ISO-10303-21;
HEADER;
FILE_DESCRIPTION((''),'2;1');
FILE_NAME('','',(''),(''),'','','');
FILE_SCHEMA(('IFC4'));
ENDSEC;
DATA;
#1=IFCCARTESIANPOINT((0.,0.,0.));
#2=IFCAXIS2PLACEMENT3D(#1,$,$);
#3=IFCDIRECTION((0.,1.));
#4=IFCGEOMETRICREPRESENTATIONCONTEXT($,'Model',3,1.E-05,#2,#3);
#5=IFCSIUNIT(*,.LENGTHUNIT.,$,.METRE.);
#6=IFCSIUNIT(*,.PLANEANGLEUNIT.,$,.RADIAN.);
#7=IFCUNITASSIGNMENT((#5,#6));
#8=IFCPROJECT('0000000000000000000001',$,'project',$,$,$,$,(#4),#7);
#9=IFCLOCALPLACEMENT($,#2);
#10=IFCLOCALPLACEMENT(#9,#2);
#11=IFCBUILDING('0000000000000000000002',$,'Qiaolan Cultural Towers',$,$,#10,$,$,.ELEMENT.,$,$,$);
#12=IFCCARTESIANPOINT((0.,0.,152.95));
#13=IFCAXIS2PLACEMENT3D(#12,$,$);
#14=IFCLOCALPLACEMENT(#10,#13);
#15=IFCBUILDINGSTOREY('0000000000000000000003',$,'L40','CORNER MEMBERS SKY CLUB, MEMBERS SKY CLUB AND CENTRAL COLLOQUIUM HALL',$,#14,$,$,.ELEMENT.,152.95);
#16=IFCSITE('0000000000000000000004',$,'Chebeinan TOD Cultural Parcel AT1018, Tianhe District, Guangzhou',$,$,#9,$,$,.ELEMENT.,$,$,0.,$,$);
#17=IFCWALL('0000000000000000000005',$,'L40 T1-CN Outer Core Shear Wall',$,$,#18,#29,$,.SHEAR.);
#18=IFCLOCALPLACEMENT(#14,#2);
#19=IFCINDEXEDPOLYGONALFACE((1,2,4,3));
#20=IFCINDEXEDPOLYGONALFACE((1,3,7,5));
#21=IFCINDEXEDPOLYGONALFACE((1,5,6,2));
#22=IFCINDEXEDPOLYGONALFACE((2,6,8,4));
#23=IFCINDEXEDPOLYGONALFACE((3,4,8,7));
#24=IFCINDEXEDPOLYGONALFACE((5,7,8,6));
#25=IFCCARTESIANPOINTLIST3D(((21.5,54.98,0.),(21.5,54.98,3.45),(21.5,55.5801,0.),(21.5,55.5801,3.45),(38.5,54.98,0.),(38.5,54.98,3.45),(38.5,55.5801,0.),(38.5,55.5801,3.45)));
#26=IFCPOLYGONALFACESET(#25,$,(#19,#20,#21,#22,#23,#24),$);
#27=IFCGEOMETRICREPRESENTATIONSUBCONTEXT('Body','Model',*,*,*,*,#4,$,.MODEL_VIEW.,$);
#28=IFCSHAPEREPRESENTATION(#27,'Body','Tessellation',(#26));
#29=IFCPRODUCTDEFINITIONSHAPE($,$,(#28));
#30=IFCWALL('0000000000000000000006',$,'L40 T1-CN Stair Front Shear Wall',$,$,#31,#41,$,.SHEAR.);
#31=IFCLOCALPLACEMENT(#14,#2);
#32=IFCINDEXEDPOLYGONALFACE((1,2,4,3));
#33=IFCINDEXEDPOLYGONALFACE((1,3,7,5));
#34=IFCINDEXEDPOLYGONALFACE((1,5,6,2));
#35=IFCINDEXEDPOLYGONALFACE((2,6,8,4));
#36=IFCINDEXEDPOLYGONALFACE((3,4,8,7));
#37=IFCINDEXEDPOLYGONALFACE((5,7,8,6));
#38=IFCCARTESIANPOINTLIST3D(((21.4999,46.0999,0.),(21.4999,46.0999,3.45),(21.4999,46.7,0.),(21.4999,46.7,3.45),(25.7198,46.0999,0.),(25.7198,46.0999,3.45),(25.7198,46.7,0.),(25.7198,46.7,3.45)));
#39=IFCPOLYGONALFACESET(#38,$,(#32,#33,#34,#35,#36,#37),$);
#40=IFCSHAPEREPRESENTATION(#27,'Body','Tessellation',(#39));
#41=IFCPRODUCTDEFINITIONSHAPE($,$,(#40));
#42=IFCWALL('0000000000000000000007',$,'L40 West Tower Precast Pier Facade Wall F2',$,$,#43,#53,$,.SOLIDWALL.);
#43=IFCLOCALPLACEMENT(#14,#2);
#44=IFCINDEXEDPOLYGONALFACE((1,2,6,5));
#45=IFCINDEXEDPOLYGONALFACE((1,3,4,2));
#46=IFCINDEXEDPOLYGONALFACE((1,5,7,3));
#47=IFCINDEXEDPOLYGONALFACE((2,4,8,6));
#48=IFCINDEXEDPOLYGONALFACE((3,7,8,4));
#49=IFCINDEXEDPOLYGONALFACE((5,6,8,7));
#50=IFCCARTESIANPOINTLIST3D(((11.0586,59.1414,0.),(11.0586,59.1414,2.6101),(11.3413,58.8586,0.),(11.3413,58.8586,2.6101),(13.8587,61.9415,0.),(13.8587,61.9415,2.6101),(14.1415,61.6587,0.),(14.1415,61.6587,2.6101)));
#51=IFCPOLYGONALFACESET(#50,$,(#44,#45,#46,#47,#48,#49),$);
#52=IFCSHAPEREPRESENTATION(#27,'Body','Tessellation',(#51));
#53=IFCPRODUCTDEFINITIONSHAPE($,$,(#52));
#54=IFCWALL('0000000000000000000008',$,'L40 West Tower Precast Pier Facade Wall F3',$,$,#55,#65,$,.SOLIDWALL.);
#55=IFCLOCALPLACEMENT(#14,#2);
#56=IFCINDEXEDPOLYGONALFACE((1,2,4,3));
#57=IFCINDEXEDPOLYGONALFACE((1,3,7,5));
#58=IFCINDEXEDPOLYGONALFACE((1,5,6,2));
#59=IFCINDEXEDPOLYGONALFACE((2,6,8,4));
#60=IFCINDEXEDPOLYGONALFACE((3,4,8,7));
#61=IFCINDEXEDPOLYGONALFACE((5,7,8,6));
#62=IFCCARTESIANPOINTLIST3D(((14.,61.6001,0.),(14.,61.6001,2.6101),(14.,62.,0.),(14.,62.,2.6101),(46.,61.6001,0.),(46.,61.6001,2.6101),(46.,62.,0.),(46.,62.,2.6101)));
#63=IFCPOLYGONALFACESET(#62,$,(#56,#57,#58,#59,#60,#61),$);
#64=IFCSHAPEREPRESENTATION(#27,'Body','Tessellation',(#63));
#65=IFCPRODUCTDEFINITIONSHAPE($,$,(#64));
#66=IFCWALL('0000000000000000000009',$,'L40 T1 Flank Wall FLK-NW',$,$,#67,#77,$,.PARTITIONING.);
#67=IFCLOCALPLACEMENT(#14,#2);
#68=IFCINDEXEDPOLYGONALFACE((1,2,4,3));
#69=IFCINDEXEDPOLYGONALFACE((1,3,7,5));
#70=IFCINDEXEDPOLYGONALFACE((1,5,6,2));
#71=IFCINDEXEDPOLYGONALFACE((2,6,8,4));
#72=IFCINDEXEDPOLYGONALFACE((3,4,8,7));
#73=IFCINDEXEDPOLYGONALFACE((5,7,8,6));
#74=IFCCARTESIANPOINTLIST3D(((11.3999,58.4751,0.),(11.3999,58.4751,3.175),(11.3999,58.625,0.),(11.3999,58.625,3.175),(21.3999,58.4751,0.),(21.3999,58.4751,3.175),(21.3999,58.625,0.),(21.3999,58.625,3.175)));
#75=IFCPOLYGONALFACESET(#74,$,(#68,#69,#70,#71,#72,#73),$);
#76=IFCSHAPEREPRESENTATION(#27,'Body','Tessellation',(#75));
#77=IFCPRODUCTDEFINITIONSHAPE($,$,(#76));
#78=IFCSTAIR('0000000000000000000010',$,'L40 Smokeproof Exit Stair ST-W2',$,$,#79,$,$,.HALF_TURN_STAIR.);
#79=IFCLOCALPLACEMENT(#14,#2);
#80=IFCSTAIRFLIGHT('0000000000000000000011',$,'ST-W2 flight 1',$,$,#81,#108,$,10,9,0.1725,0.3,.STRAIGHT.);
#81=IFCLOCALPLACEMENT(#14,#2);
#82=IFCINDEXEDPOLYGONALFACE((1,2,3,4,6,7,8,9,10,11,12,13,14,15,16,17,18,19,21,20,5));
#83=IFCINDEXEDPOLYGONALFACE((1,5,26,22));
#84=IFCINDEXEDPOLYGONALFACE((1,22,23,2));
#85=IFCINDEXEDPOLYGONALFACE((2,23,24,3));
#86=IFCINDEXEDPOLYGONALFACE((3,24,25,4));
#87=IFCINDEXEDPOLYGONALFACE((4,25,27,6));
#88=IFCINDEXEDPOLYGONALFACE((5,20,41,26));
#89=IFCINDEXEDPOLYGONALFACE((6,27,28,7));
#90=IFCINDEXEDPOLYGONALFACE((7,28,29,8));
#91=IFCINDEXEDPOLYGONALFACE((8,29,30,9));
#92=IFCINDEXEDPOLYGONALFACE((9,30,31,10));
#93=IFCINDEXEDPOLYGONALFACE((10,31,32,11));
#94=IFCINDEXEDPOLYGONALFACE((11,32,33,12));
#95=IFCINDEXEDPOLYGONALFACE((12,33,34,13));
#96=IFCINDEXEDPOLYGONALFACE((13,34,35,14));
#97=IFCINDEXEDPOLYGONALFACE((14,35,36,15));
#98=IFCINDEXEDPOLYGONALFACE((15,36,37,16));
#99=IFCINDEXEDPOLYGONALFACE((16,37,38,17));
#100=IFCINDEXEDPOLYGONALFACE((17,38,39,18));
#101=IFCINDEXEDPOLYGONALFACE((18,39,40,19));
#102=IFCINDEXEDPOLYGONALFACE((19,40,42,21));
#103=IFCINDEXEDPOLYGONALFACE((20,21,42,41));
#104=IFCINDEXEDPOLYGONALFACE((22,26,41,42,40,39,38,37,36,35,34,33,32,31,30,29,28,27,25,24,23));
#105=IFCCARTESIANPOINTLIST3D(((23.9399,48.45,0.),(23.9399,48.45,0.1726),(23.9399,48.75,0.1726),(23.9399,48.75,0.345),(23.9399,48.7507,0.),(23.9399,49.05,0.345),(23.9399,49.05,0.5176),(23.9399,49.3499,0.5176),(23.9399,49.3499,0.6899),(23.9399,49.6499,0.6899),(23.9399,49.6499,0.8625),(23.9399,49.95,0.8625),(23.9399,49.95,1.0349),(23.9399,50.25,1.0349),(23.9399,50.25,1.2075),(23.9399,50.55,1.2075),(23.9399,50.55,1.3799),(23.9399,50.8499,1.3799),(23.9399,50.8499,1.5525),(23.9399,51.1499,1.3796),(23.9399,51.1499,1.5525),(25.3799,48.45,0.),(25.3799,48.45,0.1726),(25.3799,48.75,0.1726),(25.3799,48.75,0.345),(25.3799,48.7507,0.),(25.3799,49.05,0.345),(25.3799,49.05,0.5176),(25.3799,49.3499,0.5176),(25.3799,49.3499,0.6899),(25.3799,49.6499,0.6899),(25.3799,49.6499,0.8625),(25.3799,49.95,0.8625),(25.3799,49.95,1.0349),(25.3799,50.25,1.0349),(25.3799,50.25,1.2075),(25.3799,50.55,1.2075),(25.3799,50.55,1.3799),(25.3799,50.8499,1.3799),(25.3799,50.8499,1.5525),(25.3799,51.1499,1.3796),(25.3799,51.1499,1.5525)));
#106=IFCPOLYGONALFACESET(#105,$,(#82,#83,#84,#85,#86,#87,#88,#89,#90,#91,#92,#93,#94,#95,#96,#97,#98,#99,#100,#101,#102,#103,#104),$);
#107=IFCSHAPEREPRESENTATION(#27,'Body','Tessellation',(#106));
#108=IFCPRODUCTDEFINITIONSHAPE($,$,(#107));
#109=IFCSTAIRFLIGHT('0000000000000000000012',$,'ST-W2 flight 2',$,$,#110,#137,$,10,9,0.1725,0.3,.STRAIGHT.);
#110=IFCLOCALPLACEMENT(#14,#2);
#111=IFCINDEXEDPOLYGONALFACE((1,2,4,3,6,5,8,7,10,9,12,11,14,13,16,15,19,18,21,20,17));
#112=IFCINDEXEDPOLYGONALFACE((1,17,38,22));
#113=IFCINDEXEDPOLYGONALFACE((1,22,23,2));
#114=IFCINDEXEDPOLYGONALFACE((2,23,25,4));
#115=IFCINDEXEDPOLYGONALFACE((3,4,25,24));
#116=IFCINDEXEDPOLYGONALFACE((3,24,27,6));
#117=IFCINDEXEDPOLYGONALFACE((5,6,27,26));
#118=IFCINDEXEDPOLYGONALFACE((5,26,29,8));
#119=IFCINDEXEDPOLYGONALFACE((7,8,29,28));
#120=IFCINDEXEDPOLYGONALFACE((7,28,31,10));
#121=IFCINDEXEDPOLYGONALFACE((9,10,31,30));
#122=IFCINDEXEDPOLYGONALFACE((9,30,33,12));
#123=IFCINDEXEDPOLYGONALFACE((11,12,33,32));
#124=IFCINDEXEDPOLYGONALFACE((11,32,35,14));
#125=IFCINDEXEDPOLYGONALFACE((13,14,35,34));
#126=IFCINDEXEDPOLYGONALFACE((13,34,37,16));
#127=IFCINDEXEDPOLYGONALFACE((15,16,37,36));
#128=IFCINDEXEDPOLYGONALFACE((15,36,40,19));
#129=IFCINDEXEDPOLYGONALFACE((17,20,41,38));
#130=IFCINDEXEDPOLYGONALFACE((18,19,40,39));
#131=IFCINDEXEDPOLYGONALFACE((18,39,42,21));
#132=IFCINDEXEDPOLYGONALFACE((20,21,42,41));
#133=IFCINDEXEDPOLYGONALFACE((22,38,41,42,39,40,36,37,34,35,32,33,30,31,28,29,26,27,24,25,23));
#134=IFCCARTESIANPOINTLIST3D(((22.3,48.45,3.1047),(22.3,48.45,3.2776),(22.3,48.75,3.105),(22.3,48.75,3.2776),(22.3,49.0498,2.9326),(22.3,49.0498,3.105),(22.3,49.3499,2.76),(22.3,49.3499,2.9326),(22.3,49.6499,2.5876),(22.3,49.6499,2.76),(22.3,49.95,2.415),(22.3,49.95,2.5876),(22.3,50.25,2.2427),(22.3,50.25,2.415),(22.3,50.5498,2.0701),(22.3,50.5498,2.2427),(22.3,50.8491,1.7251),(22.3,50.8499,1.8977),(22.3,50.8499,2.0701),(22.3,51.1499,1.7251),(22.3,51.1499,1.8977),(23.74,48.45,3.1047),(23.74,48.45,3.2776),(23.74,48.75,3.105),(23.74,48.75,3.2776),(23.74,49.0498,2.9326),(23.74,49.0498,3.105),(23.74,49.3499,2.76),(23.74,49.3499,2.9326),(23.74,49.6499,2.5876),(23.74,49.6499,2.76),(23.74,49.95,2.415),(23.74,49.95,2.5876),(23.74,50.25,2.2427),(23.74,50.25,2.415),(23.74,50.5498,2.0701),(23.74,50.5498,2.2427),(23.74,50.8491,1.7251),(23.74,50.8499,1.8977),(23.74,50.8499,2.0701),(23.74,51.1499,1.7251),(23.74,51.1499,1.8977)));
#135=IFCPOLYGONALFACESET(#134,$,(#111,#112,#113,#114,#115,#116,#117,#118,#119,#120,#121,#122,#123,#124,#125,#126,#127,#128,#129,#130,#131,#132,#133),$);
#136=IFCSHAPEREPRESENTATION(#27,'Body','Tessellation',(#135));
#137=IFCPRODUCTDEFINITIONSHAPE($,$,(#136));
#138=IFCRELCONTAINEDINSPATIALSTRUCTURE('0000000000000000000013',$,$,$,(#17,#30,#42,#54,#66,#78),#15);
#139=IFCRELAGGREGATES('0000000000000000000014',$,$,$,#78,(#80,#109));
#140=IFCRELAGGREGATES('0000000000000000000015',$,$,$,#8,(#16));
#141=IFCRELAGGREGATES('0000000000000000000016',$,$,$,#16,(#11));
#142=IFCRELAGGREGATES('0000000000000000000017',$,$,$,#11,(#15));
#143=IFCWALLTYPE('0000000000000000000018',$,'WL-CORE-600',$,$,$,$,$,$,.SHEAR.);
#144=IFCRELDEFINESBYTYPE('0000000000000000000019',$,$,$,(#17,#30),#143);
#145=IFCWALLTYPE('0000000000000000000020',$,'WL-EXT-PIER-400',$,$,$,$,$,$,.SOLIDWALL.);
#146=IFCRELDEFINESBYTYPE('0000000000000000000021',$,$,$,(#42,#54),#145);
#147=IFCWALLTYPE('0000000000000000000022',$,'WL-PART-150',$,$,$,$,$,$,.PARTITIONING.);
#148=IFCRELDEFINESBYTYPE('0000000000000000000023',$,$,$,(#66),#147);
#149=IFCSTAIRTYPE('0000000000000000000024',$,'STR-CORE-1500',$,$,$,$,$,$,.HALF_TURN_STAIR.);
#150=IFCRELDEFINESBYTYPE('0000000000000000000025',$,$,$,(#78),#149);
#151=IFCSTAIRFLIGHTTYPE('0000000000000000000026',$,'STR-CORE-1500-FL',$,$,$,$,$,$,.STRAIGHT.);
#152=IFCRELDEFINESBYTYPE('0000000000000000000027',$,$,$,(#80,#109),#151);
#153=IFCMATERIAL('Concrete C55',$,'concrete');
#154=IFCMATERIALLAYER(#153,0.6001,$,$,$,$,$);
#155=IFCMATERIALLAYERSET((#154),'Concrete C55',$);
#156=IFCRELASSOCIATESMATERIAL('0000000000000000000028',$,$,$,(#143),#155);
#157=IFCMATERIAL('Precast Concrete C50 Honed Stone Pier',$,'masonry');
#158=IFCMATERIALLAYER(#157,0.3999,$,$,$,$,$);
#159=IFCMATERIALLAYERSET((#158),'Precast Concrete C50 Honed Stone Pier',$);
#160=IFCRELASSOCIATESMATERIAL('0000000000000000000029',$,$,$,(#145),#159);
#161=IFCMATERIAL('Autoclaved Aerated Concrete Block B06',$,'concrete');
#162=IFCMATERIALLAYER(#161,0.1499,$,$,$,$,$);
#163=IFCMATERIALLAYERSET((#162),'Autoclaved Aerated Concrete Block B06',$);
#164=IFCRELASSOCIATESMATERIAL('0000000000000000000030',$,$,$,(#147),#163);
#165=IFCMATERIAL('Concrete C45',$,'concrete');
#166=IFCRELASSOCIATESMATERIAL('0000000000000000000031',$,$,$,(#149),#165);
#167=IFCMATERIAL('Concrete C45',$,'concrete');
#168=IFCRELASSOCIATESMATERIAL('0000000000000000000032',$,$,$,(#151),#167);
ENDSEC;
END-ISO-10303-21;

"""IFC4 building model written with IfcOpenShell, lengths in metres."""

from ifc_helpers import new_model, si_unit, direction, frame, frame_2d, origin, place, context, subcontext, project, spatial, polyline, rectangle, outline, extrude, material, layer, layer_set, type_object, element, aggregate, save


model = new_model("IFC4")

# Units and contexts
model_context = context("Model", 3, precision=1e-05, world=origin(), true_north=direction((0.0, 1.0)))
body_context = subcontext(model_context, "Body", "Model", "MODEL_VIEW")
ifc_project = project(units=[si_unit("LENGTHUNIT", "METRE"), si_unit("PLANEANGLEUNIT", "RADIAN")], contexts=[model_context])

# Site, building, storey
site_placement = place(None, origin())
site = spatial("IfcSite", under=ifc_project, at=site_placement, Name="Chebeinan TOD Cultural Parcel AT1018, Tianhe District, Guangzhou", CompositionType="ELEMENT", RefElevation=0.0)
building_placement = place(site_placement, origin())
building = spatial("IfcBuilding", under=site, at=building_placement, Name="Qiaolan Cultural Towers", CompositionType="ELEMENT")
storey_placement = place(building_placement, frame((0.0, 0.0, 152.95)))
storey = spatial("IfcBuildingStorey", under=building, at=storey_placement, Name="L40", Description="CORNER MEMBERS SKY CLUB, MEMBERS SKY CLUB AND CENTRAL COLLOQUIUM HALL", CompositionType="ELEMENT", Elevation=152.95)

# Walls
ifc_material_1 = material(Name="Concrete C55", Category="concrete")
ifc_layer_1 = layer(ifc_material_1, 0.6001)
ifc_layer_set_1 = layer_set([ifc_layer_1], Name="Concrete C55")
wall_type_1 = type_object("IfcWallType", Name="WL-CORE-600", PredefinedType="SHEAR", material=ifc_layer_set_1)
wall_1_placement = place(storey_placement, frame((21.5, 55.28, 0.0), z_axis=(0.0, 0.0, 1.0), x_axis=(1.0, 0.0, 0.0)))
element("IfcWall", 1, at=wall_1_placement, inside=storey, type_object=wall_type_1, Name="L40 T1-CN Outer Core Shear Wall", PredefinedType="SHEAR", context=body_context, shape_type="SweptSolid", body=[
    extrude(rectangle(XDim=17.0, YDim=0.6001, at=frame_2d((8.5, 0.0))), origin(), (0.0, 0.0, 1.0), 3.45),
])
wall_2_placement = place(storey_placement, frame((21.5, 46.3999, 0.0), z_axis=(0.0, 0.0, 1.0), x_axis=(1.0, 0.0, 0.0)))
element("IfcWall", 2, at=wall_2_placement, inside=storey, type_object=wall_type_1, Name="L40 T1-CN Stair Front Shear Wall", PredefinedType="SHEAR", context=body_context, shape_type="SweptSolid", body=[
    extrude(rectangle(XDim=4.22, YDim=0.6001, at=frame_2d((2.1099, 0.0))), origin(), (0.0, 0.0, 1.0), 3.45),
])
ifc_material_2 = material(Name="Precast Concrete C50 Honed Stone Pier", Category="masonry")
ifc_layer_2 = layer(ifc_material_2, 0.3999)
ifc_layer_set_2 = layer_set([ifc_layer_2], Name="Precast Concrete C50 Honed Stone Pier")
wall_type_2 = type_object("IfcWallType", Name="WL-EXT-PIER-400", PredefinedType="SOLIDWALL", material=ifc_layer_set_2)
wall_3_placement = place(storey_placement, frame((11.2, 59.0, 0.0), z_axis=(0.0, 0.0, 1.0), x_axis=(0.707107, 0.707107, 0.0)))
element("IfcWall", 3, at=wall_3_placement, inside=storey, type_object=wall_type_2, Name="L40 West Tower Precast Pier Facade Wall F2", PredefinedType="SOLIDWALL", context=body_context, shape_type="SweptSolid", body=[
    extrude(rectangle(XDim=3.96, YDim=0.3999, at=frame_2d((1.98, 0.0))), origin(), (0.0, 0.0, 1.0), 2.6101),
])
wall_4_placement = place(storey_placement, frame((14.0, 61.8, 0.0), z_axis=(0.0, 0.0, 1.0), x_axis=(1.0, 0.0, 0.0)))
element("IfcWall", 4, at=wall_4_placement, inside=storey, type_object=wall_type_2, Name="L40 West Tower Precast Pier Facade Wall F3", PredefinedType="SOLIDWALL", context=body_context, shape_type="SweptSolid", body=[
    extrude(rectangle(XDim=32.0, YDim=0.3999, at=frame_2d((16.0, 0.0))), origin(), (0.0, 0.0, 1.0), 2.6101),
])
ifc_material_3 = material(Name="Autoclaved Aerated Concrete Block B06", Category="concrete")
ifc_layer_3 = layer(ifc_material_3, 0.1499)
ifc_layer_set_3 = layer_set([ifc_layer_3], Name="Autoclaved Aerated Concrete Block B06")
wall_type_3 = type_object("IfcWallType", Name="WL-PART-150", PredefinedType="PARTITIONING", material=ifc_layer_set_3)
wall_5_placement = place(storey_placement, frame((11.3999, 58.55, 0.0), z_axis=(0.0, 0.0, 1.0), x_axis=(1.0, 0.0, 0.0)))
element("IfcWall", 5, at=wall_5_placement, inside=storey, type_object=wall_type_3, Name="L40 T1 Flank Wall FLK-NW", PredefinedType="PARTITIONING", context=body_context, shape_type="SweptSolid", body=[
    extrude(rectangle(XDim=10.0, YDim=0.1499, at=frame_2d((5.0, 0.0))), origin(), (0.0, 0.0, 1.0), 3.175),
])

# Stair, stair flights
ifc_material_4 = material(Name="Concrete C45", Category="concrete")
stair_type = type_object("IfcStairType", Name="STR-CORE-1500", PredefinedType="HALF_TURN_STAIR", material=ifc_material_4)
stair_placement = place(storey_placement, origin())
stair = element("IfcStair", 6, at=stair_placement, inside=storey, type_object=stair_type, Name="L40 Smokeproof Exit Stair ST-W2", PredefinedType="HALF_TURN_STAIR")
ifc_material_5 = material(Name="Concrete C45", Category="concrete")
stair_flight_type = type_object("IfcStairFlightType", Name="STR-CORE-1500-FL", PredefinedType="STRAIGHT", material=ifc_material_5)
stair_flight_1_placement = place(storey_placement, frame((24.6599, 48.45, 0.0), z_axis=(0.0, 0.0, 1.0), x_axis=(0.0, 1.0, 0.0)))
stair_flight_1 = element("IfcStairFlight", 7, at=stair_flight_1_placement, type_object=stair_flight_type, Name="ST-W2 flight 1", NumberOfRisers=10, NumberOfTreads=9, PredefinedType="STRAIGHT", RiserHeight=0.1725, TreadLength=0.3, context=body_context, shape_type="SweptSolid", body=[
    extrude(outline(polyline([(0.0, 0.0), (0.0, 0.1726), (0.3, 0.1726), (0.3, 0.345), (0.6001, 0.345), (0.6001, 0.5176), (0.8999, 0.5176), (0.8999, 0.6899), (1.2, 0.6899), (1.2, 0.8625), (1.5, 0.8625), (1.5, 1.0349), (1.8, 1.0349), (1.8, 1.2075), (2.1001, 1.2075), (2.1001, 1.3799), (2.3999, 1.3799), (2.3999, 1.5525), (2.7, 1.5525), (2.7, 1.7251), (2.7, 1.3796), (0.3008, 0.0), (0.0, 0.0)])), frame((0.0, 0.72, 0.0), z_axis=(0.0, -1.0, 0.0), x_axis=(1.0, 0.0, 0.0)), (0.0, 0.0, 1.0), 1.4399),
])
stair_flight_2_placement = place(storey_placement, frame((23.02, 51.1499, 1.7251), z_axis=(0.0, 0.0, 1.0), x_axis=(0.0, -1.0, 0.0)))
stair_flight_2 = element("IfcStairFlight", 8, at=stair_flight_2_placement, type_object=stair_flight_type, Name="ST-W2 flight 2", NumberOfRisers=10, NumberOfTreads=9, PredefinedType="STRAIGHT", RiserHeight=0.1725, TreadLength=0.3, context=body_context, shape_type="SweptSolid", body=[
    extrude(outline(polyline([(0.0, 0.0), (0.0, 0.1726), (0.3, 0.1726), (0.3, 0.345), (0.6001, 0.345), (0.6001, 0.5176), (0.8999, 0.5176), (0.8999, 0.6899), (1.2, 0.6899), (1.2, 0.8625), (1.5, 0.8625), (1.5, 1.0349), (1.8, 1.0349), (1.8, 1.2075), (2.1001, 1.2075), (2.1001, 1.3799), (2.3999, 1.3799), (2.3999, 1.5525), (2.7, 1.5525), (2.7, 1.7251), (2.7, 1.3796), (0.3008, 0.0), (0.0, 0.0)])), frame((0.0, 0.72, 0.0), z_axis=(0.0, -1.0, 0.0), x_axis=(1.0, 0.0, 0.0)), (0.0, 0.0, 1.0), 1.4399),
])
aggregate(stair, [stair_flight_1, stair_flight_2])

save(model, "model.ifc")
